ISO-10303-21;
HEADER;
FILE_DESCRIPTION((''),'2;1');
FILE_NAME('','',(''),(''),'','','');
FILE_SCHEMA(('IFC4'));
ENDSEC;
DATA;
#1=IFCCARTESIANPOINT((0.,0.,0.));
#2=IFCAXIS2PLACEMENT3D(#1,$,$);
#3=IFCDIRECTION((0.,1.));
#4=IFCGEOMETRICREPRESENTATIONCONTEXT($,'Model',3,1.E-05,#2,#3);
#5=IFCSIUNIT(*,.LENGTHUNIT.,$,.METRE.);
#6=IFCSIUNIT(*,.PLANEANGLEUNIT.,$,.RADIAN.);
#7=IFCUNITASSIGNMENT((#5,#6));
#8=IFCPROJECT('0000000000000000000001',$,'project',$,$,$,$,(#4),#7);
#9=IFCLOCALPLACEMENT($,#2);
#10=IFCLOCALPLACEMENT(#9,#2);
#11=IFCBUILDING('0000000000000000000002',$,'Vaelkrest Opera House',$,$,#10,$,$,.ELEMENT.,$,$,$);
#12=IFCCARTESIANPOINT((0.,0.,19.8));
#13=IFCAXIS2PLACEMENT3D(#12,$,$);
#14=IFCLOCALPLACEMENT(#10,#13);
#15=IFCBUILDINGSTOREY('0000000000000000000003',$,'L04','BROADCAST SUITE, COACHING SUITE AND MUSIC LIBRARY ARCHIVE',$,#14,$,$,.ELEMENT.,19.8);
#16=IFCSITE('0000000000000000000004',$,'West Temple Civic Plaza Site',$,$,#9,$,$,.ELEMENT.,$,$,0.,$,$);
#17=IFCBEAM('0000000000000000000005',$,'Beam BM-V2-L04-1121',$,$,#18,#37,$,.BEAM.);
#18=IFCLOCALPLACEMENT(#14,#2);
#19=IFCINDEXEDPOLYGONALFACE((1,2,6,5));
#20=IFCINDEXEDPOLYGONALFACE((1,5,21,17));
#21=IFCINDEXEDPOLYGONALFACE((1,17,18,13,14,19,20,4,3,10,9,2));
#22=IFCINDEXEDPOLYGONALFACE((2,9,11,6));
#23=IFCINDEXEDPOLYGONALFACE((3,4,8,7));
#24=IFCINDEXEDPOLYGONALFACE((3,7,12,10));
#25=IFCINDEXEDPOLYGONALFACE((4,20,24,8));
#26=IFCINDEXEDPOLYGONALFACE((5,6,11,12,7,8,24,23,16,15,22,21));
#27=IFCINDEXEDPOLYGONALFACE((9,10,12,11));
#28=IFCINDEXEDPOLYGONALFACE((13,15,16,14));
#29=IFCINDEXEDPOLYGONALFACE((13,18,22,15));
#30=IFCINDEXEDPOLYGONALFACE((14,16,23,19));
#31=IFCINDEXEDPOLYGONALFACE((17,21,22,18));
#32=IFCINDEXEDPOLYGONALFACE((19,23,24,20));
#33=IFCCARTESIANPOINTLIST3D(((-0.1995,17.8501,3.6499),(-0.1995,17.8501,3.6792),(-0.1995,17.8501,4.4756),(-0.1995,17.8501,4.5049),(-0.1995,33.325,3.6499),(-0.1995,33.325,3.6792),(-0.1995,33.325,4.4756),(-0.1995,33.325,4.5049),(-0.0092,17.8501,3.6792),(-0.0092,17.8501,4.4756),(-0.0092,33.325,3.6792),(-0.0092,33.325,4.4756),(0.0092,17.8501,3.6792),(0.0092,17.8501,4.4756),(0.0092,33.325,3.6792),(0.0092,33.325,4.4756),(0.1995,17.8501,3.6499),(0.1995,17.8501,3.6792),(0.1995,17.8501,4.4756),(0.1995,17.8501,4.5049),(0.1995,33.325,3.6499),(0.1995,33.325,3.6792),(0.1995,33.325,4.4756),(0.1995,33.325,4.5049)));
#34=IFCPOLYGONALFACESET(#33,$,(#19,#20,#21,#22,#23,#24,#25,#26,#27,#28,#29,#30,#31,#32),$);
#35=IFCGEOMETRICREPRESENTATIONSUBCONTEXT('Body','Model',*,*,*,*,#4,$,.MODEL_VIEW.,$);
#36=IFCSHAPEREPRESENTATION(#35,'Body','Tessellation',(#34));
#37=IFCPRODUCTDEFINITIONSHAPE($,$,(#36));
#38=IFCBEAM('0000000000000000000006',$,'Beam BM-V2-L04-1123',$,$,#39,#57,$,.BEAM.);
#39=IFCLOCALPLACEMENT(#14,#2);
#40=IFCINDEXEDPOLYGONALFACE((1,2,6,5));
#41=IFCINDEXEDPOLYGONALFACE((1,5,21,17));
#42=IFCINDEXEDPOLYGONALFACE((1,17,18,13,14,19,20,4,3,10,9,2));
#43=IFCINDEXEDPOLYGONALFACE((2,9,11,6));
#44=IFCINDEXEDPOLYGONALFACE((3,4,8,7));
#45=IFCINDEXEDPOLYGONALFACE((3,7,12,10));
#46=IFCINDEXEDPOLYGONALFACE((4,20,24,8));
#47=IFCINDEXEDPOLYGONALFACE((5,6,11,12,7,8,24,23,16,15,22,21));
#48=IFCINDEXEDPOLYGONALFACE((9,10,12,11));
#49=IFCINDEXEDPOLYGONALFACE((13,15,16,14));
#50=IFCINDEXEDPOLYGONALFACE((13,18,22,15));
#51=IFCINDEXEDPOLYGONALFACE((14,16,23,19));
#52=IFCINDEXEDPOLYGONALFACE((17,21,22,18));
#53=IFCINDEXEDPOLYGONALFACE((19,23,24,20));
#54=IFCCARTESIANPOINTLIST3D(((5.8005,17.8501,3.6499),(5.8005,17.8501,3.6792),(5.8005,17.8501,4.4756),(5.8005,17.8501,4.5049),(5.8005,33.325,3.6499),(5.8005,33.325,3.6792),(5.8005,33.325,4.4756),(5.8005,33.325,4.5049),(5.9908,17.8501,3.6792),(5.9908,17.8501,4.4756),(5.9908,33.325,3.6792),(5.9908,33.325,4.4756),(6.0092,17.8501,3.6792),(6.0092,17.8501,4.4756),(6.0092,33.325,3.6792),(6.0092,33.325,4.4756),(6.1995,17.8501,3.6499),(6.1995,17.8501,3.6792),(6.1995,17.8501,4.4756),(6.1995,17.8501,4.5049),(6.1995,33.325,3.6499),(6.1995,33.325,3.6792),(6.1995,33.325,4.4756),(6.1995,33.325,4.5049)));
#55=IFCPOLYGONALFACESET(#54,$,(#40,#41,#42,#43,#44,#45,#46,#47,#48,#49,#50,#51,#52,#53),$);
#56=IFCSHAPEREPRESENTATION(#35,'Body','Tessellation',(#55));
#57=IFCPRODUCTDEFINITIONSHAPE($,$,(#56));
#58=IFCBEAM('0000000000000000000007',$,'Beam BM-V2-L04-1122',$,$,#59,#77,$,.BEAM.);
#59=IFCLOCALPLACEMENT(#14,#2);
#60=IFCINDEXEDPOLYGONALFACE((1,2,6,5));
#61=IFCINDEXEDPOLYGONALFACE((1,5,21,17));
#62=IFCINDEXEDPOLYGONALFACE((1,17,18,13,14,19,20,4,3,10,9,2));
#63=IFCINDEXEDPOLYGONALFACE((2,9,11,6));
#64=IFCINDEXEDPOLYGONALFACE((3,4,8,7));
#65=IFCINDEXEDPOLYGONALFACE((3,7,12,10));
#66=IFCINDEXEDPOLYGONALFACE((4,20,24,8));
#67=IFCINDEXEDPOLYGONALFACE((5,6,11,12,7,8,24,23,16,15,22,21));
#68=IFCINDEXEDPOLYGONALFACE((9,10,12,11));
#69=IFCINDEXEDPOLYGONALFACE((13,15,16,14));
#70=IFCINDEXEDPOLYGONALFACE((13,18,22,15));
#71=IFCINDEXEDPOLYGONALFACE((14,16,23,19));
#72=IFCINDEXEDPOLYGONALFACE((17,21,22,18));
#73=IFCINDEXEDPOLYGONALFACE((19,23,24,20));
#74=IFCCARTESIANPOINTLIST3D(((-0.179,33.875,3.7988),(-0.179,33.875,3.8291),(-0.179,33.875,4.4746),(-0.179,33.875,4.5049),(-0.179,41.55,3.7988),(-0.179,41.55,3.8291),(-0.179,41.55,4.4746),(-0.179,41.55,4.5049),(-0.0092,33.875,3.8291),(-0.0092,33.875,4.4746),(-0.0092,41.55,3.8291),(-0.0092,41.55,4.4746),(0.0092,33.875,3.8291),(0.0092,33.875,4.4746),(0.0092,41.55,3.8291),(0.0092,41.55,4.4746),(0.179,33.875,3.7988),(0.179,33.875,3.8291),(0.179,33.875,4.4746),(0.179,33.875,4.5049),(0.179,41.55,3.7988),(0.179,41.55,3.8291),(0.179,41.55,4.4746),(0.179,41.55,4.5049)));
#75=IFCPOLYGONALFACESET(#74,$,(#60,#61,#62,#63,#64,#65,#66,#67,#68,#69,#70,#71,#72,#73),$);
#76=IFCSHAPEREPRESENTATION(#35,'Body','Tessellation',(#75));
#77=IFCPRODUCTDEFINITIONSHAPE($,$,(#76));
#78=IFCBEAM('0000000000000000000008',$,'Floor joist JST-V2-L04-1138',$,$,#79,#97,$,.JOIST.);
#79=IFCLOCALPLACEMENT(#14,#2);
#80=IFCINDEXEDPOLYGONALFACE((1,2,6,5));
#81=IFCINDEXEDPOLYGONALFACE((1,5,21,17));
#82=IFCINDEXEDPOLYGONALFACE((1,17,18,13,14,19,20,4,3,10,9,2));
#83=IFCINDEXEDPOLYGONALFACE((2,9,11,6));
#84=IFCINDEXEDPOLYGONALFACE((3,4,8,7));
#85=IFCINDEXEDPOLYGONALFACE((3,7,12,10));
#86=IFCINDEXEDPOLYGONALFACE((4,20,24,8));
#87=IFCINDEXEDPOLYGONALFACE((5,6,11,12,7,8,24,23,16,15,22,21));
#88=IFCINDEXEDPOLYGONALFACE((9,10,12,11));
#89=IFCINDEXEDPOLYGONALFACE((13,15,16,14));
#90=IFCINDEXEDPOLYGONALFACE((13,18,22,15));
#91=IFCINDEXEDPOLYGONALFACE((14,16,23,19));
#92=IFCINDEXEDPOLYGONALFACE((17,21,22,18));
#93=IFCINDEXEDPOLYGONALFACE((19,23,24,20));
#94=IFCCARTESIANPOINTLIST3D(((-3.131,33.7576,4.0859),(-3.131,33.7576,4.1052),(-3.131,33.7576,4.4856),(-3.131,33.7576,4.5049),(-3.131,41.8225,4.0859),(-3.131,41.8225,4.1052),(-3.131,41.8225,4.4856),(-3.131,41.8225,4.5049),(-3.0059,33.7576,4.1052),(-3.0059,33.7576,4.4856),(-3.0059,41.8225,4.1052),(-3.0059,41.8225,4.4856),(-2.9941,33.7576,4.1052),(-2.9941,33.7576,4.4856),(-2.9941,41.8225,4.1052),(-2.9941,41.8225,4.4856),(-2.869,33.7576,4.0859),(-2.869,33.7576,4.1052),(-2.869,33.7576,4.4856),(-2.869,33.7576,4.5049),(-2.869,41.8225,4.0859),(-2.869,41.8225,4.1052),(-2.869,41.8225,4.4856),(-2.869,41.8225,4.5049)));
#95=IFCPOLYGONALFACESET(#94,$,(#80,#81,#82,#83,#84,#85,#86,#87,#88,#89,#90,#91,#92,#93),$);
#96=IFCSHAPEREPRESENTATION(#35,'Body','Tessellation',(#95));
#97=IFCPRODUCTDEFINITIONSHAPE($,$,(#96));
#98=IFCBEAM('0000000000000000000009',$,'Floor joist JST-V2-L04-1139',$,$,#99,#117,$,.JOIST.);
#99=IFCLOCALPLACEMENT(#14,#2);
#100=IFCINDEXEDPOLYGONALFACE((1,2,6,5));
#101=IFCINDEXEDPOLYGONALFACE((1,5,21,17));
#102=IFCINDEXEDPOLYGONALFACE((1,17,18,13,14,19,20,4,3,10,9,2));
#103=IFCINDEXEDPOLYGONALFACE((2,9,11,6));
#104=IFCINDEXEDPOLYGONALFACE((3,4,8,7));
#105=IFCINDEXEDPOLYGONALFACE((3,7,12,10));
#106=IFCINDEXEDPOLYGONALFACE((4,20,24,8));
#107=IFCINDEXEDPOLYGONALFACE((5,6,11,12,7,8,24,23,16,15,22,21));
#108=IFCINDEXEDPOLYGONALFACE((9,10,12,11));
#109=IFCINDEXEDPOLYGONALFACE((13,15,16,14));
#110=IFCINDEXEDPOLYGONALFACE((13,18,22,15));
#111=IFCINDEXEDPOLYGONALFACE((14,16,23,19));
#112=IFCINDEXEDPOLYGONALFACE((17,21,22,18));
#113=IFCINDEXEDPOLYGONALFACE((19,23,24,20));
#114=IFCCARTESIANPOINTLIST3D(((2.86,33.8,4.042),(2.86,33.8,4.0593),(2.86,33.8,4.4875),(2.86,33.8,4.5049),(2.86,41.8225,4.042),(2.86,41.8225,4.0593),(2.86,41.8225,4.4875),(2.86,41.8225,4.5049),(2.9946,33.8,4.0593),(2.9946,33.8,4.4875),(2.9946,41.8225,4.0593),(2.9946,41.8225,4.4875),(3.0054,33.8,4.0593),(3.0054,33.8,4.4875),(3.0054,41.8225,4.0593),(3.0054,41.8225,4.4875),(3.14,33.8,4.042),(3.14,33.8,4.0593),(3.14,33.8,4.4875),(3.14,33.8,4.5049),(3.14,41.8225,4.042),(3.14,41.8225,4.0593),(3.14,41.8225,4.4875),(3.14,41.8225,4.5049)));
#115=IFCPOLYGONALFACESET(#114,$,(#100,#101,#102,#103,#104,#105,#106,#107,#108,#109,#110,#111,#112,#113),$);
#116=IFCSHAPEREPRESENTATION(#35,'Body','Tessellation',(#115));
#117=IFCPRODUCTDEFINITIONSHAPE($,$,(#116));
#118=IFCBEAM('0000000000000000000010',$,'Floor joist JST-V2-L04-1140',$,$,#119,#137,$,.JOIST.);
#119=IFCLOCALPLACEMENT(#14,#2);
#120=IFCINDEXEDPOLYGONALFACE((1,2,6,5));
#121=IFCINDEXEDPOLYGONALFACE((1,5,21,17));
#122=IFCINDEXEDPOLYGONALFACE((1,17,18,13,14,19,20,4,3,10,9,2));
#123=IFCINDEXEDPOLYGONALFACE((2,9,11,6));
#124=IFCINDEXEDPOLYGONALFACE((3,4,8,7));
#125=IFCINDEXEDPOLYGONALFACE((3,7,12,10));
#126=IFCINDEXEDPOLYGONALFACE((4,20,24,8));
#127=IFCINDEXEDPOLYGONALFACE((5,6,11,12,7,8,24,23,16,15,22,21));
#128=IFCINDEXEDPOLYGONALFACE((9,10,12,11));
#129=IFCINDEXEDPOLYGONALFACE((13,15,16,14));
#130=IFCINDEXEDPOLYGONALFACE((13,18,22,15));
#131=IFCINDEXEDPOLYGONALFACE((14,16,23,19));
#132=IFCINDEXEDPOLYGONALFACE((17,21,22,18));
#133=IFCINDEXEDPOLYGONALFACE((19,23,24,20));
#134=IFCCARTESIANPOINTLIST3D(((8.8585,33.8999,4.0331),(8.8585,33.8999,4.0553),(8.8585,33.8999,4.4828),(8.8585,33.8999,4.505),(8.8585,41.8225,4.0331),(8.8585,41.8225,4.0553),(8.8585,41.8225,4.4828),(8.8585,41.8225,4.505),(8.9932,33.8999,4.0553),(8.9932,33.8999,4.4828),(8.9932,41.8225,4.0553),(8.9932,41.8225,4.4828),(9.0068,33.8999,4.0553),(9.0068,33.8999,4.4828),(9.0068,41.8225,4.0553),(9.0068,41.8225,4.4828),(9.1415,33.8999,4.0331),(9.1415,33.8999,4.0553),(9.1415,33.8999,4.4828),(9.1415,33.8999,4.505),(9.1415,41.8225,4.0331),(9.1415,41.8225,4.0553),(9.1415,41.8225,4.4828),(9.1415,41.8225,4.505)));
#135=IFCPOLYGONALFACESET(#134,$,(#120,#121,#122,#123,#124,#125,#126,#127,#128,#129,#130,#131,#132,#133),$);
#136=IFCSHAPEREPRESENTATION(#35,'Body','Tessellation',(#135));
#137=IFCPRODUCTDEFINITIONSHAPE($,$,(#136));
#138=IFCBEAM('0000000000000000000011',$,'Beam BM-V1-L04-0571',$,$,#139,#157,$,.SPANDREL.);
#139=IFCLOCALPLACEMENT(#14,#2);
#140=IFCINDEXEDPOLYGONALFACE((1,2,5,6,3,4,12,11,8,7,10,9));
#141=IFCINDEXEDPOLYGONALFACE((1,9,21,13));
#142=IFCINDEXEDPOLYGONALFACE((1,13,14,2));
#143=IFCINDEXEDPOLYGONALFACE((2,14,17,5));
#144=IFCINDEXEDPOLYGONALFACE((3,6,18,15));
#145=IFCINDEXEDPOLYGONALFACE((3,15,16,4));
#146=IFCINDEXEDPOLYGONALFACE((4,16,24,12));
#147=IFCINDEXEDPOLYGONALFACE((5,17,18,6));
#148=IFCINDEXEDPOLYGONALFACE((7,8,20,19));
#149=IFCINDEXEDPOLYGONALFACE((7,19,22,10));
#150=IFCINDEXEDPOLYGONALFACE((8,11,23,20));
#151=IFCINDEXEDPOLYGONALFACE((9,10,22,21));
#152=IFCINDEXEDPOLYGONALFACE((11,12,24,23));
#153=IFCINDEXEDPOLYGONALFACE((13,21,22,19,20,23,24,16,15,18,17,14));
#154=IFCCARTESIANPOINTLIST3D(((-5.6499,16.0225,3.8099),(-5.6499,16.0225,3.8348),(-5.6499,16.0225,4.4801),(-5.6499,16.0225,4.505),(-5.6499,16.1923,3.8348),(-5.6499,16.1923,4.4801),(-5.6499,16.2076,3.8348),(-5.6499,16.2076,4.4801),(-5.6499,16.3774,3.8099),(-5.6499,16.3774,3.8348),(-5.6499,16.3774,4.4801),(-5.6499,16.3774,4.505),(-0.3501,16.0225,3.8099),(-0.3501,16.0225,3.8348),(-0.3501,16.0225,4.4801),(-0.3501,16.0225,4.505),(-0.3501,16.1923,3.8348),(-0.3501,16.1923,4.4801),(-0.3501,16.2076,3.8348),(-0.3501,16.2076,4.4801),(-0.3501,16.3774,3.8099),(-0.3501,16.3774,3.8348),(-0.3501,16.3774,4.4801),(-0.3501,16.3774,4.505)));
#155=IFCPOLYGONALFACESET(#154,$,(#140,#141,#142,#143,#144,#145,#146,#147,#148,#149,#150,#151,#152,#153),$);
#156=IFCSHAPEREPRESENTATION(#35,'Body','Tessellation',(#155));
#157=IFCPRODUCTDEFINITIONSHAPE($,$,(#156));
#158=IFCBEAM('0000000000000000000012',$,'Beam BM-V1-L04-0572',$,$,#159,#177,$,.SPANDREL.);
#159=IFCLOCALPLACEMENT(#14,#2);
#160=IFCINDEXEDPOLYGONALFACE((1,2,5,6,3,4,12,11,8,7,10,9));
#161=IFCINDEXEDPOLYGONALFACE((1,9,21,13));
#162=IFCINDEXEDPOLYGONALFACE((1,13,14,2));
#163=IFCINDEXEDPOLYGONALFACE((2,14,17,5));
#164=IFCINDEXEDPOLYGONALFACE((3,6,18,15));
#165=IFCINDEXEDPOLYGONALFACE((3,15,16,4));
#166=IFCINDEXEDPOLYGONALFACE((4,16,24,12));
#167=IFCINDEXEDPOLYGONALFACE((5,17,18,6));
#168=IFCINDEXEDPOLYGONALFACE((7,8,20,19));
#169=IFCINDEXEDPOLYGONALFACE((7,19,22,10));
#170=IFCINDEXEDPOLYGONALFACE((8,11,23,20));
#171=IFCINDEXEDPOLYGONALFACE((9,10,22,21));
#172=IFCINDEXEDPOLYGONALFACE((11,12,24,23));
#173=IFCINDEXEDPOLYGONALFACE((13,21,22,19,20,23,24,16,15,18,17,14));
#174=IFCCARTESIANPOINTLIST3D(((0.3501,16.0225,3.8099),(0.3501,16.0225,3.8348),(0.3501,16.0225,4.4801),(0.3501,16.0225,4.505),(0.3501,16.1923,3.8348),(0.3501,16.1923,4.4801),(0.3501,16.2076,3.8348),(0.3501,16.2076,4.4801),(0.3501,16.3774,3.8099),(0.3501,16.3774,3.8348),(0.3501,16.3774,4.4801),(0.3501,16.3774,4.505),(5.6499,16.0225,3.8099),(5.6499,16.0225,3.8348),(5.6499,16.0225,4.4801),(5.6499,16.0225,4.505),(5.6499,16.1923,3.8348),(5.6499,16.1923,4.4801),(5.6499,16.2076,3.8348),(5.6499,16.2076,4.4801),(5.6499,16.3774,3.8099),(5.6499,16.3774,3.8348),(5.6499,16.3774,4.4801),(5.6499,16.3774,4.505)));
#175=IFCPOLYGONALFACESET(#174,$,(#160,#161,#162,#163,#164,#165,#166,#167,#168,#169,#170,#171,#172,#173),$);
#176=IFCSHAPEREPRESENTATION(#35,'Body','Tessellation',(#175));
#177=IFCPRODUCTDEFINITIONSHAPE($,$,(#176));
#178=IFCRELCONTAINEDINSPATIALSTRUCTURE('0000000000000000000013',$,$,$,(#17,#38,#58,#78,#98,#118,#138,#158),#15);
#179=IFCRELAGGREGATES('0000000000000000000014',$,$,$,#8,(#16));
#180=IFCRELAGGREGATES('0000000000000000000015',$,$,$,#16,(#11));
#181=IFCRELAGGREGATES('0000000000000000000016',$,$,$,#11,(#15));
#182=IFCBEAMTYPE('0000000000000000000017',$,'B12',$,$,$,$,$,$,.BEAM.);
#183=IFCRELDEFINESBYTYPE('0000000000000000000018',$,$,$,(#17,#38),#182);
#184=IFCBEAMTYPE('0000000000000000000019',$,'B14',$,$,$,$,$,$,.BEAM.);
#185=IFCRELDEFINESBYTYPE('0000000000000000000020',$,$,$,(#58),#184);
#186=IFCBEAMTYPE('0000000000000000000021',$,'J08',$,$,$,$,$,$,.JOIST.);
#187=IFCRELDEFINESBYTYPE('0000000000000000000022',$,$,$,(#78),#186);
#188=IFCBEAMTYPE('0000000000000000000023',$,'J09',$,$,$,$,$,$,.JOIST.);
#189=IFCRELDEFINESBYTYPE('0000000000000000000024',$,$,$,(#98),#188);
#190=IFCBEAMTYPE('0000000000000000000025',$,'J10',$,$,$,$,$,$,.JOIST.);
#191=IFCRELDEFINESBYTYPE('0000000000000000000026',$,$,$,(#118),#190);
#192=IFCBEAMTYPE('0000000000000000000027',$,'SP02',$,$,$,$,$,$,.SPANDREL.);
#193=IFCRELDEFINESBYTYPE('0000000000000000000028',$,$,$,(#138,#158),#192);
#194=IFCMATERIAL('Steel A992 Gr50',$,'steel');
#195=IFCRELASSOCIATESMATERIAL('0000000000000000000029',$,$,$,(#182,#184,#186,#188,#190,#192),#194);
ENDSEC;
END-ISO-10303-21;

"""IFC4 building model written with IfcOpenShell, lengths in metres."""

from ifc_helpers import new_model, si_unit, direction, frame, origin, origin_2d, place, context, subcontext, project, spatial, i_section, extrude, material, material_profile, profile_set, type_object, element, save


model = new_model("IFC4")

# Units and contexts
model_context = context("Model", 3, precision=1e-05, world=origin(), true_north=direction((0.0, 1.0)))
body_context = subcontext(model_context, "Body", "Model", "MODEL_VIEW")
ifc_project = project(units=[si_unit("LENGTHUNIT", "METRE"), si_unit("PLANEANGLEUNIT", "RADIAN")], contexts=[model_context])

# Site, building, storey
site_placement = place(None, origin())
site = spatial("IfcSite", under=ifc_project, at=site_placement, Name="West Temple Civic Plaza Site", CompositionType="ELEMENT", RefElevation=0.0)
building_placement = place(site_placement, origin())
building = spatial("IfcBuilding", under=site, at=building_placement, Name="Vaelkrest Opera House", CompositionType="ELEMENT")
storey_placement = place(building_placement, frame((0.0, 0.0, 19.8)))
storey = spatial("IfcBuildingStorey", under=building, at=storey_placement, Name="L04", Description="BROADCAST SUITE, COACHING SUITE AND MUSIC LIBRARY ARCHIVE", CompositionType="ELEMENT", Elevation=19.8)

# Beams
ifc_material_1 = material(Name="Steel A992 Gr50", Category="steel")
ifc_material_profile_1 = material_profile(ifc_material_1, i_section(OverallWidth=0.3989, OverallDepth=0.855, WebThickness=0.0183, FlangeThickness=0.0293, at=origin_2d()), Name="W33X201")
ifc_profile_set_1 = profile_set([ifc_material_profile_1], Name="Steel A992 Gr50")
beam_type_1 = type_object("IfcBeamType", Name="B12", PredefinedType="BEAM", material=ifc_profile_set_1)
for number, where, z_axis, x_axis, name in (
    (1, (0.0, 17.8501, 4.0774), (0.0, 1.0, 0.0), (-1.0, 0.0, 0.0), "Beam BM-V2-L04-1121"),
    (2, (6.0, 17.8501, 4.0774), (0.0, 1.0, 0.0), (-1.0, 0.0, 0.0), "Beam BM-V2-L04-1123"),
):
    element("IfcBeam", number, at=place(storey_placement, frame(where, z_axis=z_axis, x_axis=x_axis)), inside=storey, type_object=beam_type_1, Name=name, PredefinedType="BEAM", context=body_context, shape_type="SweptSolid", body=[
        extrude(i_section(OverallWidth=0.3989, OverallDepth=0.855, WebThickness=0.0183, FlangeThickness=0.0293, at=origin_2d()), origin(), (0.0, 0.0, 1.0), 15.4749),
    ])
ifc_material_profile_2 = material_profile(ifc_material_1, i_section(OverallWidth=0.3579, OverallDepth=0.7061, WebThickness=0.0183, FlangeThickness=0.0303, at=origin_2d()), Name="W27X178")
ifc_profile_set_2 = profile_set([ifc_material_profile_2], Name="Steel A992 Gr50")
beam_type_2 = type_object("IfcBeamType", Name="B14", PredefinedType="BEAM", material=ifc_profile_set_2)
beam_1_placement = place(storey_placement, frame((0.0, 33.875, 4.1519), z_axis=(0.0, 1.0, 0.0), x_axis=(-1.0, 0.0, 0.0)))
element("IfcBeam", 3, at=beam_1_placement, inside=storey, type_object=beam_type_2, Name="Beam BM-V2-L04-1122", PredefinedType="BEAM", context=body_context, shape_type="SweptSolid", body=[
    extrude(i_section(OverallWidth=0.3579, OverallDepth=0.7061, WebThickness=0.0183, FlangeThickness=0.0303, at=origin_2d()), origin(), (0.0, 0.0, 1.0), 7.675),
])
ifc_material_profile_3 = material_profile(ifc_material_1, i_section(OverallWidth=0.262, OverallDepth=0.4189, WebThickness=0.0117, FlangeThickness=0.0193, at=origin_2d()), Name="W16X77")
ifc_profile_set_3 = profile_set([ifc_material_profile_3], Name="Steel A992 Gr50")
beam_type_3 = type_object("IfcBeamType", Name="J08", PredefinedType="JOIST", material=ifc_profile_set_3)
beam_2_placement = place(storey_placement, frame((-3.0, 33.7576, 4.2954), z_axis=(0.0, 1.0, 0.0), x_axis=(-1.0, 0.0, 0.0)))
element("IfcBeam", 4, at=beam_2_placement, inside=storey, type_object=beam_type_3, Name="Floor joist JST-V2-L04-1138", PredefinedType="JOIST", context=body_context, shape_type="SweptSolid", body=[
    extrude(i_section(OverallWidth=0.262, OverallDepth=0.4189, WebThickness=0.0117, FlangeThickness=0.0193, at=origin_2d()), origin(), (0.0, 0.0, 1.0), 8.0649),
])
ifc_material_profile_4 = material_profile(ifc_material_1, i_section(OverallWidth=0.28, OverallDepth=0.4629, WebThickness=0.0107, FlangeThickness=0.0173, at=origin_2d()), Name="W18X76")
ifc_profile_set_4 = profile_set([ifc_material_profile_4], Name="Steel A992 Gr50")
beam_type_4 = type_object("IfcBeamType", Name="J09", PredefinedType="JOIST", material=ifc_profile_set_4)
beam_3_placement = place(storey_placement, frame((3.0, 33.8, 4.2734), z_axis=(0.0, 1.0, 0.0), x_axis=(-1.0, 0.0, 0.0)))
element("IfcBeam", 5, at=beam_3_placement, inside=storey, type_object=beam_type_4, Name="Floor joist JST-V2-L04-1139", PredefinedType="JOIST", context=body_context, shape_type="SweptSolid", body=[
    extrude(i_section(OverallWidth=0.28, OverallDepth=0.4629, WebThickness=0.0107, FlangeThickness=0.0173, at=origin_2d()), origin(), (0.0, 0.0, 1.0), 8.0225),
])
ifc_material_profile_5 = material_profile(ifc_material_1, i_section(OverallWidth=0.283, OverallDepth=0.4719, WebThickness=0.0137, FlangeThickness=0.0222, at=origin_2d()), Name="W18X97")
ifc_profile_set_5 = profile_set([ifc_material_profile_5], Name="Steel A992 Gr50")
beam_type_5 = type_object("IfcBeamType", Name="J10", PredefinedType="JOIST", material=ifc_profile_set_5)
beam_4_placement = place(storey_placement, frame((9.0, 33.8999, 4.269), z_axis=(0.0, 1.0, 0.0), x_axis=(-1.0, 0.0, 0.0)))
element("IfcBeam", 6, at=beam_4_placement, inside=storey, type_object=beam_type_5, Name="Floor joist JST-V2-L04-1140", PredefinedType="JOIST", context=body_context, shape_type="SweptSolid", body=[
    extrude(i_section(OverallWidth=0.283, OverallDepth=0.4719, WebThickness=0.0137, FlangeThickness=0.0222, at=origin_2d()), origin(), (0.0, 0.0, 1.0), 7.9226),
])
ifc_material_profile_6 = material_profile(ifc_material_1, i_section(OverallWidth=0.355, OverallDepth=0.6951, WebThickness=0.0154, FlangeThickness=0.0249, at=origin_2d()), Name="W27X146")
ifc_profile_set_6 = profile_set([ifc_material_profile_6], Name="Steel A992 Gr50")
beam_type_6 = type_object("IfcBeamType", Name="SP02", PredefinedType="SPANDREL", material=ifc_profile_set_6)
for number, where, z_axis, x_axis, name in (
    (7, (-5.6499, 16.2, 4.1575), (1.0, 0.0, 0.0), (0.0, 1.0, 0.0), "Beam BM-V1-L04-0571"),
    (8, (0.3501, 16.2, 4.1575), (1.0, 0.0, 0.0), (0.0, 1.0, 0.0), "Beam BM-V1-L04-0572"),
):
    element("IfcBeam", number, at=place(storey_placement, frame(where, z_axis=z_axis, x_axis=x_axis)), inside=storey, type_object=beam_type_6, Name=name, PredefinedType="SPANDREL", context=body_context, shape_type="SweptSolid", body=[
        extrude(i_section(OverallWidth=0.355, OverallDepth=0.6951, WebThickness=0.0154, FlangeThickness=0.0249, at=origin_2d()), origin(), (0.0, 0.0, 1.0), 5.2998),
    ])

save(model, "model.ifc")
